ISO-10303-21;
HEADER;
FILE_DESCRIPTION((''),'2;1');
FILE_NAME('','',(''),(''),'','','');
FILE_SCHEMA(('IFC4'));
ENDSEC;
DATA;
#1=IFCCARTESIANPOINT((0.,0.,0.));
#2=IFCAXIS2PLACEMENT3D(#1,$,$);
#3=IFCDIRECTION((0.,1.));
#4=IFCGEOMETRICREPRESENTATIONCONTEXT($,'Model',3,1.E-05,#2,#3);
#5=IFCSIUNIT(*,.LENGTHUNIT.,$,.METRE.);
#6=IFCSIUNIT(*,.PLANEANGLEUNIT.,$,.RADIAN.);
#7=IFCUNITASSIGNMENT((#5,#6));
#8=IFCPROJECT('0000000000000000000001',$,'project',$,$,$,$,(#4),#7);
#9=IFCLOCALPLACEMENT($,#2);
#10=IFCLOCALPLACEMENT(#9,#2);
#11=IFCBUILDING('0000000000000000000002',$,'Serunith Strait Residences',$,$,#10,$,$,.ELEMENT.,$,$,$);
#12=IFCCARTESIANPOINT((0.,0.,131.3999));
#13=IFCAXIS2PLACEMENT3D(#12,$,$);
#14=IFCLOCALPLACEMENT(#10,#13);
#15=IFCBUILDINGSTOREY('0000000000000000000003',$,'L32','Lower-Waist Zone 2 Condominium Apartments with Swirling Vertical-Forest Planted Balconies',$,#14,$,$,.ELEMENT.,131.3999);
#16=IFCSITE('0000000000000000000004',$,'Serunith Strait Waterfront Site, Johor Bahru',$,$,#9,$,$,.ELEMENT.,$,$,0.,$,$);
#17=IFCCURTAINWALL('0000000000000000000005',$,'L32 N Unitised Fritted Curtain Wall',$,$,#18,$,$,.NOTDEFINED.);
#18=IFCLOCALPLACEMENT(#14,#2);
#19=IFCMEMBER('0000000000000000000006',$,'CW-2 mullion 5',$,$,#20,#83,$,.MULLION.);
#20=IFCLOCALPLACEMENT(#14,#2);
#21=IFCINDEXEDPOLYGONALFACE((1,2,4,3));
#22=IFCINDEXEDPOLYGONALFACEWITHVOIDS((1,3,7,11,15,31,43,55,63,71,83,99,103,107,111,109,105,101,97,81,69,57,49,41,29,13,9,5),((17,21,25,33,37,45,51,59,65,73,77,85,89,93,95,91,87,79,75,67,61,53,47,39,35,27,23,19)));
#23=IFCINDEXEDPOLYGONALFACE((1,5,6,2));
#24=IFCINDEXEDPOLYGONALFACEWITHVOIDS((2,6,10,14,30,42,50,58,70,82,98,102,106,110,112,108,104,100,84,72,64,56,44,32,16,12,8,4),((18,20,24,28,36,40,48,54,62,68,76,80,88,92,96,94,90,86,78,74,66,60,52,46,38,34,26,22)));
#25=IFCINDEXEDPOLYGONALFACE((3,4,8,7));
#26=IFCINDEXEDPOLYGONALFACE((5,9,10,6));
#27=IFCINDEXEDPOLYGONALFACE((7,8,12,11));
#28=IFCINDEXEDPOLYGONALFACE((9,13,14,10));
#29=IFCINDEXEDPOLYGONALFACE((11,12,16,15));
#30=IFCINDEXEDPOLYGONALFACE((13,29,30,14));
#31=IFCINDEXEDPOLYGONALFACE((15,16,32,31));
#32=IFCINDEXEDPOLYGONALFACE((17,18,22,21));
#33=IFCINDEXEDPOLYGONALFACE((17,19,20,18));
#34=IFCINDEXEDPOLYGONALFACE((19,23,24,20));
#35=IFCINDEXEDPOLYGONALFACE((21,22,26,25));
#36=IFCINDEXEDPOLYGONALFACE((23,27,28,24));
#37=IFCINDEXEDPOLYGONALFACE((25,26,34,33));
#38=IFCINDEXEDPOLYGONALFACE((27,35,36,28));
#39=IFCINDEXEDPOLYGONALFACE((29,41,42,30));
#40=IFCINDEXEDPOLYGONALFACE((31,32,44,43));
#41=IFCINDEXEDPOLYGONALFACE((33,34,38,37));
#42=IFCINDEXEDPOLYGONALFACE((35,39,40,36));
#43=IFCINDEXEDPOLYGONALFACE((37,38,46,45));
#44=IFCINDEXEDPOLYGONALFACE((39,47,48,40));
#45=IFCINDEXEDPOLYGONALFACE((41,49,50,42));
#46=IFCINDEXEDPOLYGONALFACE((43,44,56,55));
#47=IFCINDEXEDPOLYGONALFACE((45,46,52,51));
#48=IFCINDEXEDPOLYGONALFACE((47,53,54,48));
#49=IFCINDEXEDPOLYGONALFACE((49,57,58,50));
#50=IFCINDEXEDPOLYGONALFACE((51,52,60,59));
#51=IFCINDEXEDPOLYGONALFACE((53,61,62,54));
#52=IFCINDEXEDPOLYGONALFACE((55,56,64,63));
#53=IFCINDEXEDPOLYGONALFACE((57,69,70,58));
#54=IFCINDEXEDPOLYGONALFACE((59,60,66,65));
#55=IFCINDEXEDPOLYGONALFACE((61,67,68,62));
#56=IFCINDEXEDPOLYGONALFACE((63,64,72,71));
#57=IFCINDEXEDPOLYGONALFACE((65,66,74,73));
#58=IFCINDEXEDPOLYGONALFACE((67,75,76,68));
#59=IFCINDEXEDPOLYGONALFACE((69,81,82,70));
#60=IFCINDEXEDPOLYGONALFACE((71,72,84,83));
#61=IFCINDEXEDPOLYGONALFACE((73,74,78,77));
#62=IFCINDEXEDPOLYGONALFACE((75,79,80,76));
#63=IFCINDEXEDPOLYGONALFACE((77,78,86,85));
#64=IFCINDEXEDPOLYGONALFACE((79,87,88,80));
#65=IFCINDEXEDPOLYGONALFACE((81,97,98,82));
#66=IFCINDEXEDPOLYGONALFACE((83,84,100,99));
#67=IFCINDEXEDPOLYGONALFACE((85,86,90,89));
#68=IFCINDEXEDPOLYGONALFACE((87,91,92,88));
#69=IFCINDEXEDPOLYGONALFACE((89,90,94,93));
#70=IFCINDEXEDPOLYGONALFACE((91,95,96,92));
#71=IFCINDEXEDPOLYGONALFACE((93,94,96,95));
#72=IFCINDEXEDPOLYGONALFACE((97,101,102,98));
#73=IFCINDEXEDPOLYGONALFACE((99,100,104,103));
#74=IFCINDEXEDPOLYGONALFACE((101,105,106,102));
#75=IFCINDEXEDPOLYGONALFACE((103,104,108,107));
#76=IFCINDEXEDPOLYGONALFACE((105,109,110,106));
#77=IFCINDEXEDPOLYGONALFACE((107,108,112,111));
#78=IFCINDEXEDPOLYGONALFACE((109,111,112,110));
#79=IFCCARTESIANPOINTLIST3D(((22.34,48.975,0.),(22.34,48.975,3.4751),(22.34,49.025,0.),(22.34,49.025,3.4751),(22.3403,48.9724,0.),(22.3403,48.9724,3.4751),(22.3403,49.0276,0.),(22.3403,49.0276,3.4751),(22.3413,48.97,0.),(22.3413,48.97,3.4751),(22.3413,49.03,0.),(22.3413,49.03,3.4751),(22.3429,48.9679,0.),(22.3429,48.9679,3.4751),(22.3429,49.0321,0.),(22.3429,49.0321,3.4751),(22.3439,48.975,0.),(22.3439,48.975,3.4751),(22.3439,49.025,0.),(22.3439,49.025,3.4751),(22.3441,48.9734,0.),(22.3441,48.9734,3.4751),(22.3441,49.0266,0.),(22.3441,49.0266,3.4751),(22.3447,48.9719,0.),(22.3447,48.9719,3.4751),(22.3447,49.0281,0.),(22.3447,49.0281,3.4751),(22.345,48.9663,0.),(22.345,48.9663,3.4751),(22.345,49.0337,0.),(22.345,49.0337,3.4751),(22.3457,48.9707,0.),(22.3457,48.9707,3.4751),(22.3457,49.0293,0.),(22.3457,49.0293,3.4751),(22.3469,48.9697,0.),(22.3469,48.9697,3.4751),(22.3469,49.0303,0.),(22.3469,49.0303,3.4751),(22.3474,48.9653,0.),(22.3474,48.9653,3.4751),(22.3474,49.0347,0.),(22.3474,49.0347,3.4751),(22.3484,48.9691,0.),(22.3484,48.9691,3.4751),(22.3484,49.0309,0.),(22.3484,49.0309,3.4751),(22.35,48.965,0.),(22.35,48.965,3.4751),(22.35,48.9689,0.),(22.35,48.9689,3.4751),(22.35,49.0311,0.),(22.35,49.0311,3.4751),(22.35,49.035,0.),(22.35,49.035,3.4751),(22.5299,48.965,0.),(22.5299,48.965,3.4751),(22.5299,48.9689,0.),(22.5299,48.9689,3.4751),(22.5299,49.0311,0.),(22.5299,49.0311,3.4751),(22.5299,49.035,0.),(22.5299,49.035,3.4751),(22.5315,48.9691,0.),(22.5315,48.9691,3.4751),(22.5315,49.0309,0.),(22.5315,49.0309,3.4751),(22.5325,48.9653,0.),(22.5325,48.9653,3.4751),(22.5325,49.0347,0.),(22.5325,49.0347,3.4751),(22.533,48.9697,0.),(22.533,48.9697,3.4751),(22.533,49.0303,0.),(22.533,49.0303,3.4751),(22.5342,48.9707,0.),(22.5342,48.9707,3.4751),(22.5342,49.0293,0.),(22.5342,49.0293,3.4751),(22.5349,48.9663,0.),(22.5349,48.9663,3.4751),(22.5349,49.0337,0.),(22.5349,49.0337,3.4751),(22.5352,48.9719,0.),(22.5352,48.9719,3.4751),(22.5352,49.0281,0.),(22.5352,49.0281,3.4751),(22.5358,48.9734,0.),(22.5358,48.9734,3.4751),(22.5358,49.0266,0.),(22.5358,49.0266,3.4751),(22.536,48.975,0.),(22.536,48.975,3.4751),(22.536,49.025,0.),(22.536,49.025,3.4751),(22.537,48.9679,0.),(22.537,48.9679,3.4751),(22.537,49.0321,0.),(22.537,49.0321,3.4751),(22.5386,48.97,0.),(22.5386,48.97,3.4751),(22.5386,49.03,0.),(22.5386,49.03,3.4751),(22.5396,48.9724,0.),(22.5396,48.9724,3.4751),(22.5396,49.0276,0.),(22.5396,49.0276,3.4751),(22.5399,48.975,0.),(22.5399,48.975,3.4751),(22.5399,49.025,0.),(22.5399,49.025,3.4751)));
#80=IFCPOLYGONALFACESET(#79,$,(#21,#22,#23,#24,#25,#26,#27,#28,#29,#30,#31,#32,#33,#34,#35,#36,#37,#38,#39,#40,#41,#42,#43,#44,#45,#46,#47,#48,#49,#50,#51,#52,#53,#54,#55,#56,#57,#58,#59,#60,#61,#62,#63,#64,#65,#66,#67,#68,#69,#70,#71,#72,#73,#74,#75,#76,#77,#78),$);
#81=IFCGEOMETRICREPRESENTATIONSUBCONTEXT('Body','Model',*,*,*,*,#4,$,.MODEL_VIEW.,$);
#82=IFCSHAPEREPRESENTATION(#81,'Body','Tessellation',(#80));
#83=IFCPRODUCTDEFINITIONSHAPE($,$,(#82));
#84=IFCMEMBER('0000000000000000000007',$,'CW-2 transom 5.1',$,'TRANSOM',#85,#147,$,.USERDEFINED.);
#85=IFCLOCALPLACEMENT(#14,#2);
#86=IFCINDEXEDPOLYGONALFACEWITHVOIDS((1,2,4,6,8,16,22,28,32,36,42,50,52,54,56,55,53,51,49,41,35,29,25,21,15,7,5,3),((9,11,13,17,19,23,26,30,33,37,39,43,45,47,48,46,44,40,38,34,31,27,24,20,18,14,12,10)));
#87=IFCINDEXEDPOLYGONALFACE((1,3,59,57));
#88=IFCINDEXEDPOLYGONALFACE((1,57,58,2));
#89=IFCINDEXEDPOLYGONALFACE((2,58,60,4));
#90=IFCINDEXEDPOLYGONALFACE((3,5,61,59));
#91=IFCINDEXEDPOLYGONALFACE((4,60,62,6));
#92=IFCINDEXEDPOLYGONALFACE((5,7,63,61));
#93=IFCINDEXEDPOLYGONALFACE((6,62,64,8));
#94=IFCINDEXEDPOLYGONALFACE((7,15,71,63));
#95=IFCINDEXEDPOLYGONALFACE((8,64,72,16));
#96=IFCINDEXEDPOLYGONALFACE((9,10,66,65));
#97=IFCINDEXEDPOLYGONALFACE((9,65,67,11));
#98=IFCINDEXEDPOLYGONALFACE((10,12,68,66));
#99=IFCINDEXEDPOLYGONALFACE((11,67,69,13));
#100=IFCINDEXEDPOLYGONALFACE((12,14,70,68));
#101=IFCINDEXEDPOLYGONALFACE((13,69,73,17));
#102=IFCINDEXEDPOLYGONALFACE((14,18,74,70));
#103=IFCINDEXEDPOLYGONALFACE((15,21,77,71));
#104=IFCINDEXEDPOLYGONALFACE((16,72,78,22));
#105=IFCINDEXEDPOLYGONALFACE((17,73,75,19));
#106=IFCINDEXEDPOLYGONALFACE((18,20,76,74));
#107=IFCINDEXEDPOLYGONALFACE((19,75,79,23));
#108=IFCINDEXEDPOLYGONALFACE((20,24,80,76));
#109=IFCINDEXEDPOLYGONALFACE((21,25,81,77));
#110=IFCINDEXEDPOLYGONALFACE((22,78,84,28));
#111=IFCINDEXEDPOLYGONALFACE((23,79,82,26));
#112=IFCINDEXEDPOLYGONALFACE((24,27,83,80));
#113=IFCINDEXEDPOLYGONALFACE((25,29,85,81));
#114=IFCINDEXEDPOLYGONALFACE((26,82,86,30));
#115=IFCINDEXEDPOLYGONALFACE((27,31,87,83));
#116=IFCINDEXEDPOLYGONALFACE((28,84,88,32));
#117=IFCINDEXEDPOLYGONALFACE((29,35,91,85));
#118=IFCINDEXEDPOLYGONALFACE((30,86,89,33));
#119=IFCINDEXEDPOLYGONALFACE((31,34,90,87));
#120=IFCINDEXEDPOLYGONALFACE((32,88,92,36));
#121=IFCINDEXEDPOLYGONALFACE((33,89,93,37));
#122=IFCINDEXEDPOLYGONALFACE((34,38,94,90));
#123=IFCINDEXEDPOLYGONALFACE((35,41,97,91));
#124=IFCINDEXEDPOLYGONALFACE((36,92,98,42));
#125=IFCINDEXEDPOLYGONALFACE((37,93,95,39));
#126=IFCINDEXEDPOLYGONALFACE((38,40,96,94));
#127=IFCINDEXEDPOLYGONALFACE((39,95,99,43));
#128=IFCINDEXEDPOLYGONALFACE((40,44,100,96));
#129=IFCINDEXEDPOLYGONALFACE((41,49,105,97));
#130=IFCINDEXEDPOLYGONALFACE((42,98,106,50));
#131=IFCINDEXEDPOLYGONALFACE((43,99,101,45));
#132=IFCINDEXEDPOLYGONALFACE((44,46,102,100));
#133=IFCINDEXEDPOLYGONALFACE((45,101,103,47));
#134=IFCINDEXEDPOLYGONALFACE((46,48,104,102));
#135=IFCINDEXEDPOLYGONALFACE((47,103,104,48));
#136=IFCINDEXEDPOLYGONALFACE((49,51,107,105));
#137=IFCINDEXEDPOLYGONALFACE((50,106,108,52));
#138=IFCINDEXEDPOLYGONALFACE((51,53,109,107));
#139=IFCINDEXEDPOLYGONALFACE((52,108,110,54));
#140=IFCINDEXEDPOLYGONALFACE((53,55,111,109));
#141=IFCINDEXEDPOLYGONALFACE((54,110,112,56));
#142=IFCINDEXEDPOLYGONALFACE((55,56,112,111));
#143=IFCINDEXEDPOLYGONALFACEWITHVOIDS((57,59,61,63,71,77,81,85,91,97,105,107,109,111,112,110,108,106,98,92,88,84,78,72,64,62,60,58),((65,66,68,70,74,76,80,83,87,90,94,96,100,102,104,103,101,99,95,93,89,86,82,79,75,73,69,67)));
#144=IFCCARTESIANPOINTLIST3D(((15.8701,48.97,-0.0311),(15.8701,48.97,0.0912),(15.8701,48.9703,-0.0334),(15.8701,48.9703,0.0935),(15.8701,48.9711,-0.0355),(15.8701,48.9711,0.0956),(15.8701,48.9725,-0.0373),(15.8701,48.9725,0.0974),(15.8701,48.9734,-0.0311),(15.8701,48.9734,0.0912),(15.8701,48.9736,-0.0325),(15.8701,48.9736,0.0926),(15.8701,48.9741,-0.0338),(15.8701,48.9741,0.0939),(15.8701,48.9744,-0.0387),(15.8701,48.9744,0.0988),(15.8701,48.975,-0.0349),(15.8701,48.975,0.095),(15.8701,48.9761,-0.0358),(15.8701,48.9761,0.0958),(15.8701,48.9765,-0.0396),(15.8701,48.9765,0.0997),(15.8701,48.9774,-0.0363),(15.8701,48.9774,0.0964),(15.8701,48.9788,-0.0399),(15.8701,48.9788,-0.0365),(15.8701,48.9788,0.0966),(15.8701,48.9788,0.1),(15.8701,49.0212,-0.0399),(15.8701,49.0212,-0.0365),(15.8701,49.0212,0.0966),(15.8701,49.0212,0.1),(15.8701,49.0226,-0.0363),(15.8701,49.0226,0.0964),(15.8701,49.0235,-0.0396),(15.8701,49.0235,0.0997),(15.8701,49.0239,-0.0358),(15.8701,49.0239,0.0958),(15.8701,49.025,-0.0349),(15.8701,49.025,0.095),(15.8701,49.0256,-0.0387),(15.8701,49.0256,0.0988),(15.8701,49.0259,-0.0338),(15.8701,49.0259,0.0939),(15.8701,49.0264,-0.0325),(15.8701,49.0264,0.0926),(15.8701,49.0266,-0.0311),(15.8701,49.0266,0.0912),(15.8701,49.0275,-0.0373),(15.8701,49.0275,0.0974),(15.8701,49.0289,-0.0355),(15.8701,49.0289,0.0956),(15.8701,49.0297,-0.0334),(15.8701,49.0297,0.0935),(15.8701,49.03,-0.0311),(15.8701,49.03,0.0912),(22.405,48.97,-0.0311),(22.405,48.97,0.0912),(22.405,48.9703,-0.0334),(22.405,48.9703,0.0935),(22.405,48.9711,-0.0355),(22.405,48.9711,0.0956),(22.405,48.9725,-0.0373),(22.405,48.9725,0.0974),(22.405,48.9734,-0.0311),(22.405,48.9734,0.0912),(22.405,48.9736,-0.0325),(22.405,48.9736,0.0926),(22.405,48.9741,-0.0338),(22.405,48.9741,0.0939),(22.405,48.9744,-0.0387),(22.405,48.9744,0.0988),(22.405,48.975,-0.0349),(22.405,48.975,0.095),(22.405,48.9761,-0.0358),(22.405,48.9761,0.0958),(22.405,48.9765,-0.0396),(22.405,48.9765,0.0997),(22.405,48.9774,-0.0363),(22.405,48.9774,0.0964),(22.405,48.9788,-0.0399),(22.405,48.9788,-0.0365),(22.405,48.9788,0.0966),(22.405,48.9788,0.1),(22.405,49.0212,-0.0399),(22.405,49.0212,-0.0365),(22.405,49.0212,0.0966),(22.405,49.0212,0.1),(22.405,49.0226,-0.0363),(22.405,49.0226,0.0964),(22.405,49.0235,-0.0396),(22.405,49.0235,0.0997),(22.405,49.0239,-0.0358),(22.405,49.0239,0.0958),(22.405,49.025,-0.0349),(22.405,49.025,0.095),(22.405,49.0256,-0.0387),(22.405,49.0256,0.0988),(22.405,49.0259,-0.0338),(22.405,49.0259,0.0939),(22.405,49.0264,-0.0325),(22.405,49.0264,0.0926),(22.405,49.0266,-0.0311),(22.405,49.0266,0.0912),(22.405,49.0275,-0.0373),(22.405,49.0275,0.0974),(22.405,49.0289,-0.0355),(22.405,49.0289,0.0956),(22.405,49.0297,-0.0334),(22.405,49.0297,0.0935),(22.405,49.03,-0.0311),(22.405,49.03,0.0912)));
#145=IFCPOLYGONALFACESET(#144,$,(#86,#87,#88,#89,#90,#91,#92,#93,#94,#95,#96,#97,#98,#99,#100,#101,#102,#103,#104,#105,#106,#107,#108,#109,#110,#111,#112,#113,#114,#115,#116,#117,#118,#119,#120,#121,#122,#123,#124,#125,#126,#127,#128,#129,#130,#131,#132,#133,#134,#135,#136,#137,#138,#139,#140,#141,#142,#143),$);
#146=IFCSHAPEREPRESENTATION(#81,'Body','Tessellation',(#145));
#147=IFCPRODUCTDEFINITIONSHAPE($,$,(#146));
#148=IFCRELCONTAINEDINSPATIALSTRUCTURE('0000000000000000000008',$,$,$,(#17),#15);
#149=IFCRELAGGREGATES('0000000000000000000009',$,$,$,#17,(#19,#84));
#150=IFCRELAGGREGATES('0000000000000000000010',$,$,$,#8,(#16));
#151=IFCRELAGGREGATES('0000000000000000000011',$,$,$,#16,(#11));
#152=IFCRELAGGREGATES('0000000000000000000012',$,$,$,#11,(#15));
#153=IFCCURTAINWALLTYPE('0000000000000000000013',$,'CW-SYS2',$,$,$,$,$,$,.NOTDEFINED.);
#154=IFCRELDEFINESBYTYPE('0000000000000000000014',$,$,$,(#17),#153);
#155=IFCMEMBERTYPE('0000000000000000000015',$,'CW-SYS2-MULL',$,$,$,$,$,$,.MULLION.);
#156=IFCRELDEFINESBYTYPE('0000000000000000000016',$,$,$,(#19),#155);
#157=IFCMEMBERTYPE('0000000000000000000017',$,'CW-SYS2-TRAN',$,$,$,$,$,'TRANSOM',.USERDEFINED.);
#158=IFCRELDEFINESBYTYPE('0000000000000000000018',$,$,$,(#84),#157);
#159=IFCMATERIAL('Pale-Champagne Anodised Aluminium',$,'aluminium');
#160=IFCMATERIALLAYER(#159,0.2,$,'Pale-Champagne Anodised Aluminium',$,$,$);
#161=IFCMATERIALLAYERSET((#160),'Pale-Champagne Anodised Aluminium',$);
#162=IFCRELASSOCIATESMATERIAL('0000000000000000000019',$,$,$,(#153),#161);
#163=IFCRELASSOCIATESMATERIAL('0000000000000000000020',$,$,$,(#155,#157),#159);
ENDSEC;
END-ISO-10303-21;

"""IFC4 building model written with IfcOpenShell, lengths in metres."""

from ifc_helpers import new_model, si_unit, direction, frame, origin, origin_2d, place, context, subcontext, project, spatial, hollow_rectangle, extrude, source, transform, mapped, material, layer, layer_set, material_profile, profile_set, type_object, element, aggregate, save


model = new_model("IFC4")

# Units and contexts
model_context = context("Model", 3, precision=1e-05, world=origin(), true_north=direction((0.0, 1.0)))
body_context = subcontext(model_context, "Body", "Model", "MODEL_VIEW")
ifc_project = project(units=[si_unit("LENGTHUNIT", "METRE"), si_unit("PLANEANGLEUNIT", "RADIAN")], contexts=[model_context])

# Site, building, storey
site_placement = place(None, origin())
site = spatial("IfcSite", under=ifc_project, at=site_placement, Name="Serunith Strait Waterfront Site, Johor Bahru", CompositionType="ELEMENT", RefElevation=0.0)
building_placement = place(site_placement, origin())
building = spatial("IfcBuilding", under=site, at=building_placement, Name="Serunith Strait Residences", CompositionType="ELEMENT")
storey_placement = place(building_placement, frame((0.0, 0.0, 131.3999)))
storey = spatial("IfcBuildingStorey", under=building, at=storey_placement, Name="L32", Description="Lower-Waist Zone 2 Condominium Apartments with Swirling Vertical-Forest Planted Balconies", CompositionType="ELEMENT", Elevation=131.3999)

# Curtain wall, members
ifc_material_1 = material(Name="Pale-Champagne Anodised Aluminium", Category="aluminium")
ifc_layer_1 = layer(ifc_material_1, 0.2, Name="Pale-Champagne Anodised Aluminium")
ifc_layer_set_1 = layer_set([ifc_layer_1], Name="Pale-Champagne Anodised Aluminium")
curtain_wall_type = type_object("IfcCurtainWallType", Name="CW-SYS2", PredefinedType="NOTDEFINED", material=ifc_layer_set_1)
curtain_wall_placement = place(storey_placement, origin())
curtain_wall = element("IfcCurtainWall", 1, at=curtain_wall_placement, inside=storey, type_object=curtain_wall_type, Name="L32 N Unitised Fritted Curtain Wall", PredefinedType="NOTDEFINED")
ifc_material_profile_1 = material_profile(ifc_material_1, hollow_rectangle(XDim=0.0701, YDim=0.2, WallThickness=0.0039, InnerFilletRadius=0.0061, OuterFilletRadius=0.01, at=origin_2d()), Name="ALU 200x70x4")
ifc_profile_set_1 = profile_set([ifc_material_profile_1], Name="Pale-Champagne Anodised Aluminium")
member_type_1 = type_object("IfcMemberType", Name="CW-SYS2-MULL", PredefinedType="MULLION", material=ifc_profile_set_1)
shared_shape_1 = source(origin(), body_context, "Body", "SweptSolid", [
    extrude(hollow_rectangle(XDim=0.0701, YDim=0.2, WallThickness=0.0039, InnerFilletRadius=0.0061, OuterFilletRadius=0.01, at=origin_2d()), origin(), (0.0, 0.0, 1.0), 3.4751),
])
member_1_placement = place(storey_placement, frame((22.4399, 49.0, 0.0), z_axis=(0.0, 0.0, 1.0), x_axis=(0.0, -1.0, 0.0)))
member_1 = element("IfcMember", 2, at=member_1_placement, type_object=member_type_1, Name="CW-2 mullion 5", PredefinedType="MULLION", context=body_context, shape_type="MappedRepresentation", body=[
    mapped(shared_shape_1, transform((0.0, 0.0, 0.0), scale=1.0)),
])
ifc_material_profile_2 = material_profile(ifc_material_1, hollow_rectangle(XDim=0.0601, YDim=0.1399, WallThickness=0.0034, InnerFilletRadius=0.0054, OuterFilletRadius=0.0088, at=origin_2d()), Name="ALU 140x60x3.5")
ifc_profile_set_2 = profile_set([ifc_material_profile_2], Name="Pale-Champagne Anodised Aluminium")
member_type_2 = type_object("IfcMemberType", Name="CW-SYS2-TRAN", ElementType="TRANSOM", PredefinedType="USERDEFINED", material=ifc_profile_set_2)
shared_shape_2 = source(origin(), body_context, "Body", "SweptSolid", [
    extrude(hollow_rectangle(XDim=0.0601, YDim=0.1399, WallThickness=0.0034, InnerFilletRadius=0.0054, OuterFilletRadius=0.0088, at=origin_2d()), origin(), (0.0, 0.0, 1.0), 6.5349),
])
member_2_placement = place(storey_placement, frame((22.405, 49.0, 0.03), z_axis=(-1.0, 0.0, 0.0), x_axis=(0.0, -1.0, 0.0)))
member_2 = element("IfcMember", 3, at=member_2_placement, type_object=member_type_2, Name="CW-2 transom 5.1", ObjectType="TRANSOM", PredefinedType="USERDEFINED", context=body_context, shape_type="MappedRepresentation", body=[
    mapped(shared_shape_2, transform((0.0, 0.0, 0.0), scale=1.0)),
])
aggregate(curtain_wall, [member_1, member_2])

save(model, "model.ifc")
